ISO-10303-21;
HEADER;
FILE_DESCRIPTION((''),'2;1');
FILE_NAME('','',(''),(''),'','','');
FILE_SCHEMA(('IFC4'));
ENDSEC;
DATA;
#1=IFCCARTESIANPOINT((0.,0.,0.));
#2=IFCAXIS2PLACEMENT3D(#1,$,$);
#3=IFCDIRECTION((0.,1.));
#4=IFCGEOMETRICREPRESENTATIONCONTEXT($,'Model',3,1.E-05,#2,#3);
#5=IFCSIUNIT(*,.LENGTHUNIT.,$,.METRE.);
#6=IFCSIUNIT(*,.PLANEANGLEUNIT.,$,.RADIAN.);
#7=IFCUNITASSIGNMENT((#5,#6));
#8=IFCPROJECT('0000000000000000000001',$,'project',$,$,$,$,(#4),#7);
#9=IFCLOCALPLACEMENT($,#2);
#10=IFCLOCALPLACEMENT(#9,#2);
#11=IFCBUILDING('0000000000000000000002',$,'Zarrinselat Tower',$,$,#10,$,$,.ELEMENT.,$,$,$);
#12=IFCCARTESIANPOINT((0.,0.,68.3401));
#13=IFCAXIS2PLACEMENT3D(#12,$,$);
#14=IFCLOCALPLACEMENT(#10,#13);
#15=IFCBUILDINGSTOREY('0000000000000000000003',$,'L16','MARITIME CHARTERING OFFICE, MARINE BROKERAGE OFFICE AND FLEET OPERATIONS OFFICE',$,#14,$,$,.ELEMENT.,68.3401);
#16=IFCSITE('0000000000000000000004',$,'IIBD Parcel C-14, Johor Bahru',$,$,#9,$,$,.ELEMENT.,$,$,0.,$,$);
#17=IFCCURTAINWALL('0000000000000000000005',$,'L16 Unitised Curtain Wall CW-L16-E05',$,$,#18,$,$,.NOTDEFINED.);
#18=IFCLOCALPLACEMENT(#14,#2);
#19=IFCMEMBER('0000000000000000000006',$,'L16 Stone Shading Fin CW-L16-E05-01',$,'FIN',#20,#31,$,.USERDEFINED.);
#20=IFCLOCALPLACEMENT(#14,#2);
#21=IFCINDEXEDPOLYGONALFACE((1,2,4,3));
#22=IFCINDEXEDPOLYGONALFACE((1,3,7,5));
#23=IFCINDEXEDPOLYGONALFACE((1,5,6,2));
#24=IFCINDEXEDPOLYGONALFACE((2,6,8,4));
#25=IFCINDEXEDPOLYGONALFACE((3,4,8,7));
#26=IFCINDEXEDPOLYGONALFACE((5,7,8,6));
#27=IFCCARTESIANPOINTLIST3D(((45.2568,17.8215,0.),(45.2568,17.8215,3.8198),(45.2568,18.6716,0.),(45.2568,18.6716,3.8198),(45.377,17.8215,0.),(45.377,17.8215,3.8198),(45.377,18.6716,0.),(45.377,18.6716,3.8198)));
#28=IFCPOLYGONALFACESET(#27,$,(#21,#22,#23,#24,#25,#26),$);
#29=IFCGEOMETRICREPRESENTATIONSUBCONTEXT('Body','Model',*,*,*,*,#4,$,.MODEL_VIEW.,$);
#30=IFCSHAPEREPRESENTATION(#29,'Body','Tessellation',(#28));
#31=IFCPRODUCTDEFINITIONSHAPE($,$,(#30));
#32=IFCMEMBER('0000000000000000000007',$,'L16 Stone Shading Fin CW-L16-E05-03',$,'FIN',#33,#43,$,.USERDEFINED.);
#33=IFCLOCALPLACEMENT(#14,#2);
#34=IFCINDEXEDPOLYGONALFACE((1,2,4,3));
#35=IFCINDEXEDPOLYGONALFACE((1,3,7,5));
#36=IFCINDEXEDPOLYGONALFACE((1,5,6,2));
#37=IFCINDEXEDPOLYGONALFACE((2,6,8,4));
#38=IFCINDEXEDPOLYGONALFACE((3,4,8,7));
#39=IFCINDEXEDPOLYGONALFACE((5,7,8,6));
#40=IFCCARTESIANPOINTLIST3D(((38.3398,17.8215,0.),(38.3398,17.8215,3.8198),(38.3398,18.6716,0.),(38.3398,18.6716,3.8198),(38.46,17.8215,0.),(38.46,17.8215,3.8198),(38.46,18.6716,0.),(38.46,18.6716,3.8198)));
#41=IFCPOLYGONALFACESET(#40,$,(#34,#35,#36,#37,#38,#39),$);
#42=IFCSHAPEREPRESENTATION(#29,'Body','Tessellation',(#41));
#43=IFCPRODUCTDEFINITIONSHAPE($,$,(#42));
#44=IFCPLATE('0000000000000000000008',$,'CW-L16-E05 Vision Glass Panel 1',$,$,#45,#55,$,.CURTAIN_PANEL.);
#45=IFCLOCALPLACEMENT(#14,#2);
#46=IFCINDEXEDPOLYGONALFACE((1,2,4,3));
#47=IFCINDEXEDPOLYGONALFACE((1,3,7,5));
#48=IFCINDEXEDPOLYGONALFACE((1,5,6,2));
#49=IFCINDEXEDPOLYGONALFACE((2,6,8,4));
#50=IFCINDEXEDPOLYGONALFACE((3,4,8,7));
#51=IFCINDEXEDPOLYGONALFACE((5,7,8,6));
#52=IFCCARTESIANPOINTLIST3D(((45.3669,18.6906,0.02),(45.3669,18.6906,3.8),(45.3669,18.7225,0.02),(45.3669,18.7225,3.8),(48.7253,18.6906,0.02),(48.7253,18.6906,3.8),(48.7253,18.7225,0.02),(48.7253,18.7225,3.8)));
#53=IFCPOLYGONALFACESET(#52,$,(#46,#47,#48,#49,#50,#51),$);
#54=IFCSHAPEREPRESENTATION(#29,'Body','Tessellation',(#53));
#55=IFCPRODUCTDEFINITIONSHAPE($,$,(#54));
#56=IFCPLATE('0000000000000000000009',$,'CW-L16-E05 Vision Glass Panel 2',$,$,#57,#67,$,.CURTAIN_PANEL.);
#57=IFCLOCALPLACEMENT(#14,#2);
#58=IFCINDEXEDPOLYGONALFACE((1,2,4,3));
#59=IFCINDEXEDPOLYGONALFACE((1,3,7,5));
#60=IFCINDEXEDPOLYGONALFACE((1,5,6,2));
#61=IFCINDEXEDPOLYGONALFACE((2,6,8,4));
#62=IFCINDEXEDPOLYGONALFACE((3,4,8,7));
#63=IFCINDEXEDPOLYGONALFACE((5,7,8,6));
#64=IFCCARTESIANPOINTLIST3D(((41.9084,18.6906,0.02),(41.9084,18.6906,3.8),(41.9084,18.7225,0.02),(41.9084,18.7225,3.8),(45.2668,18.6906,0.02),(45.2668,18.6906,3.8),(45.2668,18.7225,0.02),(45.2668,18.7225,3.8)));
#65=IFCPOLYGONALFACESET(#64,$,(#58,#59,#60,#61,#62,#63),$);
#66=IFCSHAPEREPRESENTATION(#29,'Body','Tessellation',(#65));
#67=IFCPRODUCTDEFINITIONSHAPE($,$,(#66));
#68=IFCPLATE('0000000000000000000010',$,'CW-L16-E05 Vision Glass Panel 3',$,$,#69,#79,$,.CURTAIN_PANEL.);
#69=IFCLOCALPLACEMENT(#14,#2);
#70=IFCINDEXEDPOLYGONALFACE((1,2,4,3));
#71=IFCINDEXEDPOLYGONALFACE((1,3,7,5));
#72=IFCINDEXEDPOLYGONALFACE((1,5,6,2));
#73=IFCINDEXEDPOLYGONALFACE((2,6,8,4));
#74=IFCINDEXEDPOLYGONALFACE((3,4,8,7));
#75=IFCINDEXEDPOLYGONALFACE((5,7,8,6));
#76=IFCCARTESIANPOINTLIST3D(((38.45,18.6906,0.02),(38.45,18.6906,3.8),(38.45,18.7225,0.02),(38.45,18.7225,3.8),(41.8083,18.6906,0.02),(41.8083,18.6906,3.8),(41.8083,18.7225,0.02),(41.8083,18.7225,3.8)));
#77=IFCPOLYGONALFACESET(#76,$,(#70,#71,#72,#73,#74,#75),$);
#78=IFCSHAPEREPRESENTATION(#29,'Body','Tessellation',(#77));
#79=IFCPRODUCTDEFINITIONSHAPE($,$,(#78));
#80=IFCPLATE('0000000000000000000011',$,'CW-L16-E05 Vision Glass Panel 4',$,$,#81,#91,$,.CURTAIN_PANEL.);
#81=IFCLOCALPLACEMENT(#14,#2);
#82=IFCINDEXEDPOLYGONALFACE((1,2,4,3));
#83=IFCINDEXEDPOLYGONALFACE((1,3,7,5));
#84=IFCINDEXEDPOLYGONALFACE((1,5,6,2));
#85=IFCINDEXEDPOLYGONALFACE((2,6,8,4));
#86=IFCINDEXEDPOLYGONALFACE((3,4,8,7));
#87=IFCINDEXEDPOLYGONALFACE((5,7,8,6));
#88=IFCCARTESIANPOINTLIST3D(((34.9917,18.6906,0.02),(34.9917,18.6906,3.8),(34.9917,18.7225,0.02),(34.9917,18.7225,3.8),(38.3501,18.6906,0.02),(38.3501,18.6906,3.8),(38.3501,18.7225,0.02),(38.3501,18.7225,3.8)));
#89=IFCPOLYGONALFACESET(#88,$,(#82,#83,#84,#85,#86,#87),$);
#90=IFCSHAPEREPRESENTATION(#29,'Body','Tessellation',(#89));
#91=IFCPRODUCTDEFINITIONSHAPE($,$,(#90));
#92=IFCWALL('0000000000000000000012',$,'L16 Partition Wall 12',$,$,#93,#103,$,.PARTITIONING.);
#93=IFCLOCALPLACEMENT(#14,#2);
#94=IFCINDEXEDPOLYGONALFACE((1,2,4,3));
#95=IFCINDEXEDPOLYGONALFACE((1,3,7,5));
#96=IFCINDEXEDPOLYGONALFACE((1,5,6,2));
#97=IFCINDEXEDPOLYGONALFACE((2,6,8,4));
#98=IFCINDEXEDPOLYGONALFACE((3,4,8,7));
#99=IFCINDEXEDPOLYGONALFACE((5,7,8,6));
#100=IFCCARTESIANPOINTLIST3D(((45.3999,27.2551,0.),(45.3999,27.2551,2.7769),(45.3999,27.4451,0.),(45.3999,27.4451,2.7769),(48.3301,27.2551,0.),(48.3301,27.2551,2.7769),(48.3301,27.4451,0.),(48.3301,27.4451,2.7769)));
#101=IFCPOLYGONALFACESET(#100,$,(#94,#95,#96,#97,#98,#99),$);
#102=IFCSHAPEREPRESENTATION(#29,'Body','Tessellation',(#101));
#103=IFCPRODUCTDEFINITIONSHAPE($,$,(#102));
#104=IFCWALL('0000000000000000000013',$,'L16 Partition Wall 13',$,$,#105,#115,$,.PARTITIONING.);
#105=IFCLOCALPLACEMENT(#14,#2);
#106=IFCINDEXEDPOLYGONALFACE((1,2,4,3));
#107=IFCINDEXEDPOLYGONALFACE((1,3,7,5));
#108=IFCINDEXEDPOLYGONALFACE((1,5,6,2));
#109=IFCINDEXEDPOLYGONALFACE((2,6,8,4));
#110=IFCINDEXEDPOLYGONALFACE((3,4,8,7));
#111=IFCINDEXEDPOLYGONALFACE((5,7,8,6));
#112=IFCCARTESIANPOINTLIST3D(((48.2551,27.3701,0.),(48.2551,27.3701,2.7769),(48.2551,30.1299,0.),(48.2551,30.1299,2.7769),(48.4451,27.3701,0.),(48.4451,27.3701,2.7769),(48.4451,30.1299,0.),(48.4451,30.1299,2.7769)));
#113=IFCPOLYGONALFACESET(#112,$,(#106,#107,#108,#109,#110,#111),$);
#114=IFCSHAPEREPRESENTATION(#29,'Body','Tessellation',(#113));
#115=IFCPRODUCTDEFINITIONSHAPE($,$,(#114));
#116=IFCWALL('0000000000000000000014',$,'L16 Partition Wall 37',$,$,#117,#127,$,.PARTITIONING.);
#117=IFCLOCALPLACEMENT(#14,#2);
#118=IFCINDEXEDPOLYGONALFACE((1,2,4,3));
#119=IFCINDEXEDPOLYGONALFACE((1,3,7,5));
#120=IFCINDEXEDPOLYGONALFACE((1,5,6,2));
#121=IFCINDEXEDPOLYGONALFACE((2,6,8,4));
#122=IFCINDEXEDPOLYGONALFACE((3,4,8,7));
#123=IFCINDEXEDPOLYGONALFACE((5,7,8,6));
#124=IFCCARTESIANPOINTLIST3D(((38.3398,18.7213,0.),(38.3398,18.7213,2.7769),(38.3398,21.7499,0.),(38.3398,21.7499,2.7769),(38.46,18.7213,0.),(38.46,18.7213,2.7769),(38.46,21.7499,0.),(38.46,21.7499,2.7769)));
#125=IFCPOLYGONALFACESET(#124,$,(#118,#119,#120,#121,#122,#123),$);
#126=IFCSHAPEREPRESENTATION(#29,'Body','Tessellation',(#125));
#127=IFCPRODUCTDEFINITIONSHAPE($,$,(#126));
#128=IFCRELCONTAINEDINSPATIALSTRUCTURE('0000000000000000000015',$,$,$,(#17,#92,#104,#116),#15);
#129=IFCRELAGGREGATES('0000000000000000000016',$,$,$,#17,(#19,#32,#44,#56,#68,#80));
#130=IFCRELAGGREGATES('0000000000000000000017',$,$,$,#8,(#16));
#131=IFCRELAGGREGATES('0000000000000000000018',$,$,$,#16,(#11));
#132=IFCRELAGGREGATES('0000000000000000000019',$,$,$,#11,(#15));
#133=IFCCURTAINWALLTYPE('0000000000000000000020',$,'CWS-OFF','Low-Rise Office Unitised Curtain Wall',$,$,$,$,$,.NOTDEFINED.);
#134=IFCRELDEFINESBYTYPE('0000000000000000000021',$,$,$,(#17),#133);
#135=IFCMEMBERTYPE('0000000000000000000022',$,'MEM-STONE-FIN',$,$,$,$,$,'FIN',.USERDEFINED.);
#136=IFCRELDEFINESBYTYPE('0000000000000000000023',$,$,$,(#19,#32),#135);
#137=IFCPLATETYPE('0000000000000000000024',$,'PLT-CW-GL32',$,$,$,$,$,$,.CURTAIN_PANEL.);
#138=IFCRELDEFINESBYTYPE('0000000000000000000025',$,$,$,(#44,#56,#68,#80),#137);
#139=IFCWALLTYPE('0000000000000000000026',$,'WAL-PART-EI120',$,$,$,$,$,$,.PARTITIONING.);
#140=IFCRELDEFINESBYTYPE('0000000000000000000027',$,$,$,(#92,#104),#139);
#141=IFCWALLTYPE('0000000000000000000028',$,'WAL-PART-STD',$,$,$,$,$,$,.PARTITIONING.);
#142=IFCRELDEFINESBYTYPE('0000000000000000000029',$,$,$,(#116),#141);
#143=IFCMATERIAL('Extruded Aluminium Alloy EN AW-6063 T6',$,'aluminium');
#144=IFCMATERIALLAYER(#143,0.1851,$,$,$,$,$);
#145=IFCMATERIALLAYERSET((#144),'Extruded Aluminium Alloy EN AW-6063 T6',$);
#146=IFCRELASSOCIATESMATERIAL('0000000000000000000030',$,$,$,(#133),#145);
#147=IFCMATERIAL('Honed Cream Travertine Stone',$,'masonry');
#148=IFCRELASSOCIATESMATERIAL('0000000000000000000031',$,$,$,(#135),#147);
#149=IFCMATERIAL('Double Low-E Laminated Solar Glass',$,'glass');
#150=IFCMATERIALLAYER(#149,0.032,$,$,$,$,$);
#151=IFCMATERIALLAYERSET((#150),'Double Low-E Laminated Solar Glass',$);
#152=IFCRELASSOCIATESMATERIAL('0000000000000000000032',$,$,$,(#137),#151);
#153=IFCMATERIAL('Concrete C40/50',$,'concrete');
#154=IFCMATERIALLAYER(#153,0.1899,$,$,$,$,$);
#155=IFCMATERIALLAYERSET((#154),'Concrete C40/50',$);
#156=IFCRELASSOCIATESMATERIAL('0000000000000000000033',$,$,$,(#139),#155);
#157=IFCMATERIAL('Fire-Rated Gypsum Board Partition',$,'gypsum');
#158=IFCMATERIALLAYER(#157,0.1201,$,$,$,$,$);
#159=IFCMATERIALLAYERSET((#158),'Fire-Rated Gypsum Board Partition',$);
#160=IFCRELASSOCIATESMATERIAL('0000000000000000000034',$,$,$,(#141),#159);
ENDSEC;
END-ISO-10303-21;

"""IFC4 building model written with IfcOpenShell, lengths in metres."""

from ifc_helpers import new_model, si_unit, direction, frame, frame_2d, origin, origin_2d, place, context, subcontext, project, spatial, rectangle, extrude, material, layer, layer_set, material_profile, profile_set, type_object, element, aggregate, save


model = new_model("IFC4")

# Units and contexts
model_context = context("Model", 3, precision=1e-05, world=origin(), true_north=direction((0.0, 1.0)))
body_context = subcontext(model_context, "Body", "Model", "MODEL_VIEW")
ifc_project = project(units=[si_unit("LENGTHUNIT", "METRE"), si_unit("PLANEANGLEUNIT", "RADIAN")], contexts=[model_context])

# Site, building, storey
site_placement = place(None, origin())
site = spatial("IfcSite", under=ifc_project, at=site_placement, Name="IIBD Parcel C-14, Johor Bahru", CompositionType="ELEMENT", RefElevation=0.0)
building_placement = place(site_placement, origin())
building = spatial("IfcBuilding", under=site, at=building_placement, Name="Zarrinselat Tower", CompositionType="ELEMENT")
storey_placement = place(building_placement, frame((0.0, 0.0, 68.3401)))
storey = spatial("IfcBuildingStorey", under=building, at=storey_placement, Name="L16", Description="MARITIME CHARTERING OFFICE, MARINE BROKERAGE OFFICE AND FLEET OPERATIONS OFFICE", CompositionType="ELEMENT", Elevation=68.3401)

# Curtain wall, members, plates
ifc_material_1 = material(Name="Extruded Aluminium Alloy EN AW-6063 T6", Category="aluminium")
ifc_layer_1 = layer(ifc_material_1, 0.1851)
ifc_layer_set_1 = layer_set([ifc_layer_1], Name="Extruded Aluminium Alloy EN AW-6063 T6")
curtain_wall_type = type_object("IfcCurtainWallType", Name="CWS-OFF", Description="Low-Rise Office Unitised Curtain Wall", PredefinedType="NOTDEFINED", material=ifc_layer_set_1)
curtain_wall_placement = place(storey_placement, origin())
curtain_wall = element("IfcCurtainWall", 1, at=curtain_wall_placement, inside=storey, type_object=curtain_wall_type, Name="L16 Unitised Curtain Wall CW-L16-E05", PredefinedType="NOTDEFINED")
ifc_material_2 = material(Name="Honed Cream Travertine Stone", Category="masonry")
ifc_material_profile_1 = material_profile(ifc_material_2, rectangle(XDim=0.1201, YDim=0.8501, at=origin_2d()), Name="FIN 850x120")
ifc_profile_set_1 = profile_set([ifc_material_profile_1], Name="Honed Cream Travertine Stone")
member_type_1 = type_object("IfcMemberType", Name="MEM-STONE-FIN", ElementType="FIN", PredefinedType="USERDEFINED", material=ifc_profile_set_1)
member_1_placement = place(storey_placement, frame((45.3169, 18.2466, 0.0), z_axis=(0.0, 0.0, 1.0), x_axis=(-1.0, 0.0, 0.0)))
member_1 = element("IfcMember", 2, at=member_1_placement, type_object=member_type_1, Name="L16 Stone Shading Fin CW-L16-E05-01", ObjectType="FIN", PredefinedType="USERDEFINED", context=body_context, shape_type="SweptSolid", body=[
    extrude(rectangle(XDim=0.1201, YDim=0.8501, at=origin_2d()), origin(), (0.0, 0.0, 1.0), 3.8198),
])
member_2_placement = place(storey_placement, frame((38.3999, 18.2466, 0.0), z_axis=(0.0, 0.0, 1.0), x_axis=(-1.0, 0.0, 0.0)))
member_2 = element("IfcMember", 3, at=member_2_placement, type_object=member_type_1, Name="L16 Stone Shading Fin CW-L16-E05-03", ObjectType="FIN", PredefinedType="USERDEFINED", context=body_context, shape_type="SweptSolid", body=[
    extrude(rectangle(XDim=0.1201, YDim=0.8501, at=origin_2d()), origin(), (0.0, 0.0, 1.0), 3.8198),
])
ifc_material_3 = material(Name="Double Low-E Laminated Solar Glass", Category="glass")
ifc_layer_2 = layer(ifc_material_3, 0.032)
ifc_layer_set_2 = layer_set([ifc_layer_2], Name="Double Low-E Laminated Solar Glass")
plate_type = type_object("IfcPlateType", Name="PLT-CW-GL32", PredefinedType="CURTAIN_PANEL", material=ifc_layer_set_2)
plate_1_placement = place(storey_placement, frame((47.0461, 18.7065, 0.02), z_axis=(0.0, 0.0, 1.0), x_axis=(-1.0, 0.0, 0.0)))
plate_1 = element("IfcPlate", 4, at=plate_1_placement, type_object=plate_type, Name="CW-L16-E05 Vision Glass Panel 1", PredefinedType="CURTAIN_PANEL", context=body_context, shape_type="SweptSolid", body=[
    extrude(rectangle(XDim=3.3584, YDim=0.032, at=origin_2d()), origin(), (0.0, 0.0, 1.0), 3.78),
])
plate_2_placement = place(storey_placement, frame((43.5876, 18.7065, 0.02), z_axis=(0.0, 0.0, 1.0), x_axis=(-1.0, 0.0, 0.0)))
plate_2 = element("IfcPlate", 5, at=plate_2_placement, type_object=plate_type, Name="CW-L16-E05 Vision Glass Panel 2", PredefinedType="CURTAIN_PANEL", context=body_context, shape_type="SweptSolid", body=[
    extrude(rectangle(XDim=3.3584, YDim=0.032, at=origin_2d()), origin(), (0.0, 0.0, 1.0), 3.78),
])
plate_3_placement = place(storey_placement, frame((40.1292, 18.7065, 0.02), z_axis=(0.0, 0.0, 1.0), x_axis=(-1.0, 0.0, 0.0)))
plate_3 = element("IfcPlate", 6, at=plate_3_placement, type_object=plate_type, Name="CW-L16-E05 Vision Glass Panel 3", PredefinedType="CURTAIN_PANEL", context=body_context, shape_type="SweptSolid", body=[
    extrude(rectangle(XDim=3.3584, YDim=0.032, at=origin_2d()), origin(), (0.0, 0.0, 1.0), 3.78),
])
plate_4_placement = place(storey_placement, frame((36.6709, 18.7065, 0.02), z_axis=(0.0, 0.0, 1.0), x_axis=(-1.0, 0.0, 0.0)))
plate_4 = element("IfcPlate", 7, at=plate_4_placement, type_object=plate_type, Name="CW-L16-E05 Vision Glass Panel 4", PredefinedType="CURTAIN_PANEL", context=body_context, shape_type="SweptSolid", body=[
    extrude(rectangle(XDim=3.3584, YDim=0.032, at=origin_2d()), origin(), (0.0, 0.0, 1.0), 3.78),
])
aggregate(curtain_wall, [member_1, member_2, plate_1, plate_2, plate_3, plate_4])

# Walls
ifc_material_4 = material(Name="Concrete C40/50", Category="concrete")
ifc_layer_3 = layer(ifc_material_4, 0.1899)
ifc_layer_set_3 = layer_set([ifc_layer_3], Name="Concrete C40/50")
wall_type_1 = type_object("IfcWallType", Name="WAL-PART-EI120", PredefinedType="PARTITIONING", material=ifc_layer_set_3)
wall_1_placement = place(storey_placement, frame((45.3999, 27.3501, 0.0), z_axis=(0.0, 0.0, 1.0), x_axis=(1.0, 0.0, 0.0)))
element("IfcWall", 8, at=wall_1_placement, inside=storey, type_object=wall_type_1, Name="L16 Partition Wall 12", PredefinedType="PARTITIONING", context=body_context, shape_type="SweptSolid", body=[
    extrude(rectangle(XDim=2.9302, YDim=0.1899, at=frame_2d((1.4651, 0.0))), origin(), (0.0, 0.0, 1.0), 2.7769),
])
wall_2_placement = place(storey_placement, frame((48.3501, 27.3701, 0.0), z_axis=(0.0, 0.0, 1.0), x_axis=(0.0, 1.0, 0.0)))
element("IfcWall", 9, at=wall_2_placement, inside=storey, type_object=wall_type_1, Name="L16 Partition Wall 13", PredefinedType="PARTITIONING", context=body_context, shape_type="SweptSolid", body=[
    extrude(rectangle(XDim=2.7598, YDim=0.1899, at=frame_2d((1.3799, 0.0))), origin(), (0.0, 0.0, 1.0), 2.7769),
])
ifc_material_5 = material(Name="Fire-Rated Gypsum Board Partition", Category="gypsum")
ifc_layer_4 = layer(ifc_material_5, 0.1201)
ifc_layer_set_4 = layer_set([ifc_layer_4], Name="Fire-Rated Gypsum Board Partition")
wall_type_2 = type_object("IfcWallType", Name="WAL-PART-STD", PredefinedType="PARTITIONING", material=ifc_layer_set_4)
wall_3_placement = place(storey_placement, frame((38.3999, 18.7214, 0.0), z_axis=(0.0, 0.0, 1.0), x_axis=(0.0, 1.0, 0.0)))
element("IfcWall", 10, at=wall_3_placement, inside=storey, type_object=wall_type_2, Name="L16 Partition Wall 37", PredefinedType="PARTITIONING", context=body_context, shape_type="SweptSolid", body=[
    extrude(rectangle(XDim=3.0286, YDim=0.1201, at=frame_2d((1.5142, 0.0))), origin(), (0.0, 0.0, 1.0), 2.7769),
])

save(model, "model.ifc")
